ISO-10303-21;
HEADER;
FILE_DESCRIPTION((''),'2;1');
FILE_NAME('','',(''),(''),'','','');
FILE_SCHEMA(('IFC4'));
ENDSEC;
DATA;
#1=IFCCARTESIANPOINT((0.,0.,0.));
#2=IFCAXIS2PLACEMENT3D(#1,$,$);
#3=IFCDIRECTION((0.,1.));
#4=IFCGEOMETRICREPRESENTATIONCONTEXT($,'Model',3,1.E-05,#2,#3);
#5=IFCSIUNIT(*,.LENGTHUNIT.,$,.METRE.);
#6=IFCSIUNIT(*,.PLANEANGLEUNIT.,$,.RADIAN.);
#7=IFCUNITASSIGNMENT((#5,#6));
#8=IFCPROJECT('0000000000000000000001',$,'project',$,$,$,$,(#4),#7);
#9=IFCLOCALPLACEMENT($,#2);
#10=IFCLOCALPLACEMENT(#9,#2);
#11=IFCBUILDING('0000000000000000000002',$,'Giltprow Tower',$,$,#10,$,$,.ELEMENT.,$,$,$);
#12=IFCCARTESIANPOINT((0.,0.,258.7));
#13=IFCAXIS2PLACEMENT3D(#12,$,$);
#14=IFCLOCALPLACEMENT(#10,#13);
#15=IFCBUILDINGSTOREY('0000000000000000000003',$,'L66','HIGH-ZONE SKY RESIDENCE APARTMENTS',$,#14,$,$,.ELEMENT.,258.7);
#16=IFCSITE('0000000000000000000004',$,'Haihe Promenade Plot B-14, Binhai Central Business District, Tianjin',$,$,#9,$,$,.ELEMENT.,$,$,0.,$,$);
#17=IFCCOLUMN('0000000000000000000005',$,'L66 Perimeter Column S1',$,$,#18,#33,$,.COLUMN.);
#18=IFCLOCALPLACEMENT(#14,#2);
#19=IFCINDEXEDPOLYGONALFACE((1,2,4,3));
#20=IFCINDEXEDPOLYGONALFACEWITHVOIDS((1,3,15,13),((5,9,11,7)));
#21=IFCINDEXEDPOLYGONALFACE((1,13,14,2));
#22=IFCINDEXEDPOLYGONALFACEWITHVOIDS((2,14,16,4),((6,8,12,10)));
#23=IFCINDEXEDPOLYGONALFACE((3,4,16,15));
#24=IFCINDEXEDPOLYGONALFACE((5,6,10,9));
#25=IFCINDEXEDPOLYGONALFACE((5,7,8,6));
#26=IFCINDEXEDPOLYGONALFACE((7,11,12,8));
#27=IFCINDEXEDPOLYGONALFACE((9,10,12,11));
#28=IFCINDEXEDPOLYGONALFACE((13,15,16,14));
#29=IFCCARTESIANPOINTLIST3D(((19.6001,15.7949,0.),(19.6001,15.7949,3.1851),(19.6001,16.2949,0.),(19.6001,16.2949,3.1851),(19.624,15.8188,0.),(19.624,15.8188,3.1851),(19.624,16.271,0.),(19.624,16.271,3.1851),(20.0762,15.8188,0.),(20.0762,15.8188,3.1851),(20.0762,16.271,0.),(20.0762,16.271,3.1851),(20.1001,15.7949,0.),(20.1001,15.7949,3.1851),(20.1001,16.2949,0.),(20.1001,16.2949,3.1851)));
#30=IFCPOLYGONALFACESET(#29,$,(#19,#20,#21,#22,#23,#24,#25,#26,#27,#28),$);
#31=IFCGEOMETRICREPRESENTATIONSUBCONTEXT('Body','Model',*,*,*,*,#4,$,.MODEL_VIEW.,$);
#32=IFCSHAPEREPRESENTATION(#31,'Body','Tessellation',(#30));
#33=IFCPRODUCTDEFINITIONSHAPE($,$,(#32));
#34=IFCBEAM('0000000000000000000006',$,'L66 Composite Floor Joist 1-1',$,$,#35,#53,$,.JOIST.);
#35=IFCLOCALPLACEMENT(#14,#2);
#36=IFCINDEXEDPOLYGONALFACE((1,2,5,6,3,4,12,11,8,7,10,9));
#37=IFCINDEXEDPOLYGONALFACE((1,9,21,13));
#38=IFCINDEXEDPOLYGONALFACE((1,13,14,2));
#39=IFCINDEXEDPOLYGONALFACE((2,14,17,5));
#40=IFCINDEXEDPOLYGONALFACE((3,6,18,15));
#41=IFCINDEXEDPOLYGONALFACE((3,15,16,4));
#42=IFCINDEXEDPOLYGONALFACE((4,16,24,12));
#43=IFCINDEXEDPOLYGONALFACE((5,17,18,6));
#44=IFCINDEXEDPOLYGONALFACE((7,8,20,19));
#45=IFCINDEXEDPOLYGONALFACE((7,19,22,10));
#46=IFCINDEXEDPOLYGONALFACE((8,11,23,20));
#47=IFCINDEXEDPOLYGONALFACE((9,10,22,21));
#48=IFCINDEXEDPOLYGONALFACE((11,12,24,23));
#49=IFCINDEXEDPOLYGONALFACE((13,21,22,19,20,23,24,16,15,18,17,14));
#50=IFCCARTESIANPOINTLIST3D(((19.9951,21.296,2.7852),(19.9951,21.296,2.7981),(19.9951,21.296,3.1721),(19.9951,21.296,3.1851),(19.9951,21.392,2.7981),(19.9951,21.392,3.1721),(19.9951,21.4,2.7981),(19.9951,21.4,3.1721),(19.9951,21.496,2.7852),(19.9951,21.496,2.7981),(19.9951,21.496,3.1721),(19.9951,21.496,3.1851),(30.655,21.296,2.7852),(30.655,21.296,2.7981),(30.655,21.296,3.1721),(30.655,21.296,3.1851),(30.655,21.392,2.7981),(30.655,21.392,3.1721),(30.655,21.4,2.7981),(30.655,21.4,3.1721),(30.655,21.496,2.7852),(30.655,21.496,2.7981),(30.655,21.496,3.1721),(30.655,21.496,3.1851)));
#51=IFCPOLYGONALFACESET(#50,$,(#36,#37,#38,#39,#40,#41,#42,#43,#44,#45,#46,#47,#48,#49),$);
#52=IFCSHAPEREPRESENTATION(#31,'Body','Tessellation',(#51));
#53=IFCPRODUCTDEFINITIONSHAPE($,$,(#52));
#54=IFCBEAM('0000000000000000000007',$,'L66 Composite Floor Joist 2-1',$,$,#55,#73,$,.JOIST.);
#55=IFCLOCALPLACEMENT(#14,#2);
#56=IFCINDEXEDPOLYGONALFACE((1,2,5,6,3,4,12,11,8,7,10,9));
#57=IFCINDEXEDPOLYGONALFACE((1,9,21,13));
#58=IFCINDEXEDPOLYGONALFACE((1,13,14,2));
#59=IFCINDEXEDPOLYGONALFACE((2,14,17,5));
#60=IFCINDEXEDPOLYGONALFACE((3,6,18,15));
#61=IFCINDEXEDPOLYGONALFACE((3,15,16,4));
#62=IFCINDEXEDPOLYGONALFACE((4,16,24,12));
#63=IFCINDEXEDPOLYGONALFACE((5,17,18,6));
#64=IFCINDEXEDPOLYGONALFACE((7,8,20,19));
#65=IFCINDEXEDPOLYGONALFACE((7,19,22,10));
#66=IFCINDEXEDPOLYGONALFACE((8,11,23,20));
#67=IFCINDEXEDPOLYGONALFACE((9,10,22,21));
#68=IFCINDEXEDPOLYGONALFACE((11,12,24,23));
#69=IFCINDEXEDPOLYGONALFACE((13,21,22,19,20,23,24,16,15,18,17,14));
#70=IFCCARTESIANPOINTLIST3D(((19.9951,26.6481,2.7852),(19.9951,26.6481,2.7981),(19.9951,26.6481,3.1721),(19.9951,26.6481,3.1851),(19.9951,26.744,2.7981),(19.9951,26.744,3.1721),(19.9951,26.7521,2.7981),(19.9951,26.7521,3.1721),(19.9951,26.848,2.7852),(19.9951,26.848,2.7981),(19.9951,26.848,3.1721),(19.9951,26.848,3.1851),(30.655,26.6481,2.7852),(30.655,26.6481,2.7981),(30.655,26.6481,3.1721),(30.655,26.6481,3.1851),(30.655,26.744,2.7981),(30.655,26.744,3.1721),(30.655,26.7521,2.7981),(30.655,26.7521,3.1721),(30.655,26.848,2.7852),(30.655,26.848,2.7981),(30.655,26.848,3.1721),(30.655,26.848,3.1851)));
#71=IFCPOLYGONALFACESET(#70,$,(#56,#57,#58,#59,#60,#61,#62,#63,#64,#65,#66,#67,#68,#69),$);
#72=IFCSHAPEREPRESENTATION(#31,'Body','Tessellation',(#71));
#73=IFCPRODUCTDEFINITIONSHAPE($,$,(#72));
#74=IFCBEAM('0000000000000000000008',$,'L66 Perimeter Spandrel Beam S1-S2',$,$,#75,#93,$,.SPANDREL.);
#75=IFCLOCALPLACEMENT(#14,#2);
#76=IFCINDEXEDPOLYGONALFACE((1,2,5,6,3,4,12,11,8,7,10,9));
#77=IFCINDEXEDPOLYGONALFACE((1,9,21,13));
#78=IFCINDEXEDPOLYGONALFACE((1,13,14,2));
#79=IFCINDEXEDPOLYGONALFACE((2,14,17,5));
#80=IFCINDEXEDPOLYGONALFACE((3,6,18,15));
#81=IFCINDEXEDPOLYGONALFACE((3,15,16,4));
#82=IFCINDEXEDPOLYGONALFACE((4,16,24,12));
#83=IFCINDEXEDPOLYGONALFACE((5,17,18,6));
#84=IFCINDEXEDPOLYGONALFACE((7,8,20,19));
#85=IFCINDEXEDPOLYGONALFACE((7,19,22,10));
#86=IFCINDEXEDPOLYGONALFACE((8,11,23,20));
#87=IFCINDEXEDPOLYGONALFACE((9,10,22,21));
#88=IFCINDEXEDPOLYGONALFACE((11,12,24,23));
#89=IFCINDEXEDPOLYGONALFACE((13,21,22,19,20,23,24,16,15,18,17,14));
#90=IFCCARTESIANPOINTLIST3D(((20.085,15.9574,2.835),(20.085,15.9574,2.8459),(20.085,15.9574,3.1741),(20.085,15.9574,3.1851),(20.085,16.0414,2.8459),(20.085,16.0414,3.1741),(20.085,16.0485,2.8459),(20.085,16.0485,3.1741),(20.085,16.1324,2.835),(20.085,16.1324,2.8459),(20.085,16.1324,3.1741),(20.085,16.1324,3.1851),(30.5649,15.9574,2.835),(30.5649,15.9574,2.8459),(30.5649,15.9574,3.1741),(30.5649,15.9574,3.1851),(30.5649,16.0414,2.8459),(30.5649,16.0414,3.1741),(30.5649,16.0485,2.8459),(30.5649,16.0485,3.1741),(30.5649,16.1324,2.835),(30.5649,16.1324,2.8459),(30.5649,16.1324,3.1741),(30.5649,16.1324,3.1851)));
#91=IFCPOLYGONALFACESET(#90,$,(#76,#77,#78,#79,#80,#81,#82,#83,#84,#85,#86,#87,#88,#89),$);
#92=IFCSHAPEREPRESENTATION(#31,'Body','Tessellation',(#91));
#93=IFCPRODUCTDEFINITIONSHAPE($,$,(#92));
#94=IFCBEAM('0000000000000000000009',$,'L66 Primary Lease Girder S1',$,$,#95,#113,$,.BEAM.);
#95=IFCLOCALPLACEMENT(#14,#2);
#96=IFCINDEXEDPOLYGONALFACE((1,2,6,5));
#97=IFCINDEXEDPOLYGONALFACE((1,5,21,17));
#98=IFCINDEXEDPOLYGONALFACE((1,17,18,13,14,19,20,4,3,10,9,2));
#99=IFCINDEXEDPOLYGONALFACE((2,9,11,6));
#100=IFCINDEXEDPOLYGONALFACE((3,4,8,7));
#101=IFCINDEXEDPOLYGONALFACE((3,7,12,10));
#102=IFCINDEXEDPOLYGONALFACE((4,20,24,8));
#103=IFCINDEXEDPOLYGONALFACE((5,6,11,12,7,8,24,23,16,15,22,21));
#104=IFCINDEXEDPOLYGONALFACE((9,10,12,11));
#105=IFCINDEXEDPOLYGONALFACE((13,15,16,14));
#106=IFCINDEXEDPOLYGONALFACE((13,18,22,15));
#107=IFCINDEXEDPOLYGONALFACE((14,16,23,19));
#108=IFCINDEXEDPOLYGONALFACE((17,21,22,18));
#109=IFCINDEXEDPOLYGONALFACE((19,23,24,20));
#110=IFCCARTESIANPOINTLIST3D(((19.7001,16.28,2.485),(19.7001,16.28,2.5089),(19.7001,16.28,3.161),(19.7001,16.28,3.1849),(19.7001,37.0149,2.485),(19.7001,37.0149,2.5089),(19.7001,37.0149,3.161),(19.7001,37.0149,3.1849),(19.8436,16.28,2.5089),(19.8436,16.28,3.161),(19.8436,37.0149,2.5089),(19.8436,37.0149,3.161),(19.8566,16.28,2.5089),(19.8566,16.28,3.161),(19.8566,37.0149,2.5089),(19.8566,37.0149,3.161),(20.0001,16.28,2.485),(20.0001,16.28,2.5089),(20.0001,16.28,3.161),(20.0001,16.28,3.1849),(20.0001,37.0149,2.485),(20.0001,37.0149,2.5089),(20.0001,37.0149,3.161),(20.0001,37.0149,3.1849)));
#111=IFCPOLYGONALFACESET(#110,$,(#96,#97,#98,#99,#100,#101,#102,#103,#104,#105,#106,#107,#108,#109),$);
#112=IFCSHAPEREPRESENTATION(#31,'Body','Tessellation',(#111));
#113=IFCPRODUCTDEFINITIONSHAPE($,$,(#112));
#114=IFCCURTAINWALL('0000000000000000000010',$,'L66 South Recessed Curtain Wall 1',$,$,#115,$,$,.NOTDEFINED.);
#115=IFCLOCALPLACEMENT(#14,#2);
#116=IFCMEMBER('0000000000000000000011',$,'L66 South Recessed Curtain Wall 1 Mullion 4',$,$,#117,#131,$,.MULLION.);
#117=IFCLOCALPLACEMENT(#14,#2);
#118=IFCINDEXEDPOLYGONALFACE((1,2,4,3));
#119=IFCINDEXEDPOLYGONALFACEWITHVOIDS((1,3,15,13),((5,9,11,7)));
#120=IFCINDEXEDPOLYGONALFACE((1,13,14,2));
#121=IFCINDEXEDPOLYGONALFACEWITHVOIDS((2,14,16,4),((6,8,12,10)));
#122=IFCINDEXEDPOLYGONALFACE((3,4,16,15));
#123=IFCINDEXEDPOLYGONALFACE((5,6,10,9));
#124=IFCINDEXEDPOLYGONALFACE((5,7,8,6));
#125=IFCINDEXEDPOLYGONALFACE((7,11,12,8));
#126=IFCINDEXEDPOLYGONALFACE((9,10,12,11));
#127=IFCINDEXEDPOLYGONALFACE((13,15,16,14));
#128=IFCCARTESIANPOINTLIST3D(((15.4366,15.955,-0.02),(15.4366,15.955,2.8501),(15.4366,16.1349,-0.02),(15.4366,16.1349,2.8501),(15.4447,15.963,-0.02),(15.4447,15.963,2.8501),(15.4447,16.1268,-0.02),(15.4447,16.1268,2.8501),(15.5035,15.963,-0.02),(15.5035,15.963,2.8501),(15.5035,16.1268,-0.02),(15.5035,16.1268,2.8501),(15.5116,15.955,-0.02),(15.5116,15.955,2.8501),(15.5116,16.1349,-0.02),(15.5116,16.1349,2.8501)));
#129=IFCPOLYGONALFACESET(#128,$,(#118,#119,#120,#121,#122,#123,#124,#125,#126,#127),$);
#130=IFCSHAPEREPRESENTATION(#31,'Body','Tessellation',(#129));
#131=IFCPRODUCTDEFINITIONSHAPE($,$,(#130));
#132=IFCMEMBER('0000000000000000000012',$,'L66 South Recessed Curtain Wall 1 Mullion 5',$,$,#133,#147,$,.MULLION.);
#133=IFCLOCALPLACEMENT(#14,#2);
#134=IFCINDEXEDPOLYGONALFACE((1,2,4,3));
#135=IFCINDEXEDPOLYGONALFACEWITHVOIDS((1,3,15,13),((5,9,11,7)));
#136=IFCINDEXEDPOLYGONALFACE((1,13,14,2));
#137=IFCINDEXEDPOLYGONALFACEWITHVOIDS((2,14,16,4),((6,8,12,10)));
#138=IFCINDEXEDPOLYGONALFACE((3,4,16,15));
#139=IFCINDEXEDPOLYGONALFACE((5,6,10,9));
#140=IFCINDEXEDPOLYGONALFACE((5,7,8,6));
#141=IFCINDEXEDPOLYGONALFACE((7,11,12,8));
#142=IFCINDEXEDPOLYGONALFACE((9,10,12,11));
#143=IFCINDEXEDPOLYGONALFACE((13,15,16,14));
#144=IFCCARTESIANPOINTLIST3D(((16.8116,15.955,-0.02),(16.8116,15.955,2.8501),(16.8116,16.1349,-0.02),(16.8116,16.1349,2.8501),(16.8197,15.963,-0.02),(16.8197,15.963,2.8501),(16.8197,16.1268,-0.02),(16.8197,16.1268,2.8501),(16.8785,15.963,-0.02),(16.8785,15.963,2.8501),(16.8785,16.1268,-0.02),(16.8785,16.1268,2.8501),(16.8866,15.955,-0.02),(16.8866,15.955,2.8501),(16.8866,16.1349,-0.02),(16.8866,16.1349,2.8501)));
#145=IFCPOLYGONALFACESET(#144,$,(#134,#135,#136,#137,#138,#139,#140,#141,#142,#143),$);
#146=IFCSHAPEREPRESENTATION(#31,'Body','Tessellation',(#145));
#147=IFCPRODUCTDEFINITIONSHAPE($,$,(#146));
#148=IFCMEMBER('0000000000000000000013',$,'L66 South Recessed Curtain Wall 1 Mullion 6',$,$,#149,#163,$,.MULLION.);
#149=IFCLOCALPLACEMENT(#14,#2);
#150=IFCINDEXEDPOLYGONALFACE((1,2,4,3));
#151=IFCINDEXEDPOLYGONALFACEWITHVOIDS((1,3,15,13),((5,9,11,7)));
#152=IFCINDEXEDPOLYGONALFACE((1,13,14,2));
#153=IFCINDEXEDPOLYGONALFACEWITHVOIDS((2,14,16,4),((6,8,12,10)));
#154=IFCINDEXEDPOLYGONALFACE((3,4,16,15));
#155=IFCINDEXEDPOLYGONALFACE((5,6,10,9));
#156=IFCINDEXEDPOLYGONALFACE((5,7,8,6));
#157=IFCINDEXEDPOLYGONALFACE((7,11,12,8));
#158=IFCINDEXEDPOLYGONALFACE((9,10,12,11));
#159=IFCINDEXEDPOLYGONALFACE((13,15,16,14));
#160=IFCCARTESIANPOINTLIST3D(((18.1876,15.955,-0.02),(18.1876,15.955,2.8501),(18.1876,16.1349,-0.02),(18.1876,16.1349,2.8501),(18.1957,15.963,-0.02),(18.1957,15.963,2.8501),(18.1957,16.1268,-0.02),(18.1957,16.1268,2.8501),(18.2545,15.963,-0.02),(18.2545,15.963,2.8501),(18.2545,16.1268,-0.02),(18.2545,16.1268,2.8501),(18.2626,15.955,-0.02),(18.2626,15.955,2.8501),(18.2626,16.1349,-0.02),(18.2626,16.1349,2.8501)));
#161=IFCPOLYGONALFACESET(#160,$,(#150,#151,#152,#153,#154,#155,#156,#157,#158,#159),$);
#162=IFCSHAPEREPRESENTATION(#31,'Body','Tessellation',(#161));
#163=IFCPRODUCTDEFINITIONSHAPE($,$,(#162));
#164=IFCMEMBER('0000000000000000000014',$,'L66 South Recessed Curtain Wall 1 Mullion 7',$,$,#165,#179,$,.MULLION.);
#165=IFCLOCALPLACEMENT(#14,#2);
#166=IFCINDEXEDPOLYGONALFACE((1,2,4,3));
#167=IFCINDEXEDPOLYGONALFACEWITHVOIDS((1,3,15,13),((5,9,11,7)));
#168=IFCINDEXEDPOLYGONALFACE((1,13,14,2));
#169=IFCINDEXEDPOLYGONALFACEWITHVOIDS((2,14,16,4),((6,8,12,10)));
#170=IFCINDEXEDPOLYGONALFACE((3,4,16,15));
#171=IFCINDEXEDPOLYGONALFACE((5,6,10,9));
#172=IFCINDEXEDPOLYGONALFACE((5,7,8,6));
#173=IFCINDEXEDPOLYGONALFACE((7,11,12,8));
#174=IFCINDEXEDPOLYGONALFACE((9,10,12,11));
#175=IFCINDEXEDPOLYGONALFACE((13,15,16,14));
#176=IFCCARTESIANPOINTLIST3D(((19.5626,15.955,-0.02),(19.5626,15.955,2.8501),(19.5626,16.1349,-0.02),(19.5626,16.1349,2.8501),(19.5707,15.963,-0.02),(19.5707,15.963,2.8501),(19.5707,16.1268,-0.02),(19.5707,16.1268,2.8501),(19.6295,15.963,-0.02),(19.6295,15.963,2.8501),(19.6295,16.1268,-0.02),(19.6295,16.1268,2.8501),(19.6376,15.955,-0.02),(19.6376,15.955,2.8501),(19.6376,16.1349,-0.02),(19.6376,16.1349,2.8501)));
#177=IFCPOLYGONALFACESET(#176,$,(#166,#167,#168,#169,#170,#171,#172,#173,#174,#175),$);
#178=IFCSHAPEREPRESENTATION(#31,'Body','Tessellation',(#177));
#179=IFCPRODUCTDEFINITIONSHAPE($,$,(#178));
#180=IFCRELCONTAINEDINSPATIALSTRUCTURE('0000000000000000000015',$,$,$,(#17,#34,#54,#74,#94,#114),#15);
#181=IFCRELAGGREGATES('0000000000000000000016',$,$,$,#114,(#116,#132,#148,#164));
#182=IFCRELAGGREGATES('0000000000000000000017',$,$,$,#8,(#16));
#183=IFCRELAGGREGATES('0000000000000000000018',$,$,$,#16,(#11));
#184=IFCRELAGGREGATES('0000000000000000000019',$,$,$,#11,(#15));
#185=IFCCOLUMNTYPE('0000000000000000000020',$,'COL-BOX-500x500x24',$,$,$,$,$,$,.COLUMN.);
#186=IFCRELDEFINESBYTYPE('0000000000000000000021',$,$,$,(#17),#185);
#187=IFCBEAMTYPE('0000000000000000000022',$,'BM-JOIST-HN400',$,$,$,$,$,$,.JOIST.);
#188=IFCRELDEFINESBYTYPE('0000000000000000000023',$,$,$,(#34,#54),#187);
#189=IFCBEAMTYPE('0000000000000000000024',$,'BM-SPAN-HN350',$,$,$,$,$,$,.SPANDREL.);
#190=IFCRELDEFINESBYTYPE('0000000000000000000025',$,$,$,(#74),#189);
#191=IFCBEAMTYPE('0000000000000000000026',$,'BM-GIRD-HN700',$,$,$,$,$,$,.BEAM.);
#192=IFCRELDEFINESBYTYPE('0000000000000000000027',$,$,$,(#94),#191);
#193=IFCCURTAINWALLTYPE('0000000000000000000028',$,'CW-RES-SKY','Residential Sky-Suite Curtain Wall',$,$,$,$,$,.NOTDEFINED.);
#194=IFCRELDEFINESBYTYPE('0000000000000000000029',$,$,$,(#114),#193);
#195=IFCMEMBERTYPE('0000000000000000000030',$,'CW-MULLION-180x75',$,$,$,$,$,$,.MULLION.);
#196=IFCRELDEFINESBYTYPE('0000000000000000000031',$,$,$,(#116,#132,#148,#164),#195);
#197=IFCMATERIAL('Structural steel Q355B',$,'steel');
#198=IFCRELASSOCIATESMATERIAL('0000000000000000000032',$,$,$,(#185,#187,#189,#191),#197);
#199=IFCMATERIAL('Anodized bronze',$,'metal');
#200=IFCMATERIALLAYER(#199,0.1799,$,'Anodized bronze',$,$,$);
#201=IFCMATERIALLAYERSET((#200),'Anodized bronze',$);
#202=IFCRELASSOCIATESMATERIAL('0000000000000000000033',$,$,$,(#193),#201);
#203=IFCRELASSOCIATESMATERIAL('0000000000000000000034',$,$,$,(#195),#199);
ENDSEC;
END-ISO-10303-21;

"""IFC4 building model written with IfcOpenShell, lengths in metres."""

from ifc_helpers import new_model, si_unit, direction, frame, origin, origin_2d, place, context, subcontext, project, spatial, hollow_rectangle, i_section, extrude, source, transform, mapped, material, layer, layer_set, material_profile, profile_set, type_object, element, aggregate, save


model = new_model("IFC4")

# Units and contexts
model_context = context("Model", 3, precision=1e-05, world=origin(), true_north=direction((0.0, 1.0)))
body_context = subcontext(model_context, "Body", "Model", "MODEL_VIEW")
ifc_project = project(units=[si_unit("LENGTHUNIT", "METRE"), si_unit("PLANEANGLEUNIT", "RADIAN")], contexts=[model_context])

# Site, building, storey
site_placement = place(None, origin())
site = spatial("IfcSite", under=ifc_project, at=site_placement, Name="Haihe Promenade Plot B-14, Binhai Central Business District, Tianjin", CompositionType="ELEMENT", RefElevation=0.0)
building_placement = place(site_placement, origin())
building = spatial("IfcBuilding", under=site, at=building_placement, Name="Giltprow Tower", CompositionType="ELEMENT")
storey_placement = place(building_placement, frame((0.0, 0.0, 258.7)))
storey = spatial("IfcBuildingStorey", under=building, at=storey_placement, Name="L66", Description="HIGH-ZONE SKY RESIDENCE APARTMENTS", CompositionType="ELEMENT", Elevation=258.7)

# Column
ifc_material_1 = material(Name="Structural steel Q355B", Category="steel")
ifc_material_profile_1 = material_profile(ifc_material_1, hollow_rectangle(XDim=0.5, YDim=0.5, WallThickness=0.0239, at=origin_2d()), Name="BOX 500x500x24")
ifc_profile_set_1 = profile_set([ifc_material_profile_1], Name="Structural steel Q355B")
column_type = type_object("IfcColumnType", Name="COL-BOX-500x500x24", PredefinedType="COLUMN", material=ifc_profile_set_1)
shared_shape_1 = source(origin(), body_context, "Body", "SweptSolid", [
    extrude(hollow_rectangle(XDim=0.5, YDim=0.5, WallThickness=0.0239, at=origin_2d()), origin(), (0.0, 0.0, 1.0), 3.1851),
])
column_placement = place(storey_placement, frame((19.8501, 16.0449, 0.0), z_axis=(0.0, 0.0, 1.0), x_axis=(1.0, 0.0, 0.0)))
element("IfcColumn", 1, at=column_placement, inside=storey, type_object=column_type, Name="L66 Perimeter Column S1", PredefinedType="COLUMN", context=body_context, shape_type="MappedRepresentation", body=[
    mapped(shared_shape_1, transform((0.0, 0.0, 0.0), x_axis=(1.0, 0.0, 0.0), y_axis=(0.0, 1.0, 0.0), z_axis=(0.0, 0.0, 1.0), scale=1.0)),
])

# Beams
ifc_material_profile_2 = material_profile(ifc_material_1, i_section(OverallWidth=0.2, OverallDepth=0.3999, WebThickness=0.0081, FlangeThickness=0.0129, at=origin_2d()), Name="HN 400x200x8x13")
ifc_profile_set_2 = profile_set([ifc_material_profile_2], Name="Structural steel Q355B")
beam_type_1 = type_object("IfcBeamType", Name="BM-JOIST-HN400", PredefinedType="JOIST", material=ifc_profile_set_2)
shared_shape_2 = source(origin(), body_context, "Body", "SweptSolid", [
    extrude(i_section(OverallWidth=0.2, OverallDepth=0.3999, WebThickness=0.0081, FlangeThickness=0.0129, at=origin_2d()), origin(), (0.0, 0.0, 1.0), 10.6599),
])
for number, where, z_axis, x_axis, name in (
    (2, (19.9951, 21.396, 2.9851), (1.0, 0.0, 0.0), (0.0, 1.0, 0.0), "L66 Composite Floor Joist 1-1"),
    (3, (19.9951, 26.748, 2.9851), (1.0, 0.0, 0.0), (0.0, 1.0, 0.0), "L66 Composite Floor Joist 2-1"),
):
    element("IfcBeam", number, at=place(storey_placement, frame(where, z_axis=z_axis, x_axis=x_axis)), inside=storey, type_object=beam_type_1, Name=name, PredefinedType="JOIST", context=body_context, shape_type="MappedRepresentation", body=[
        mapped(shared_shape_2, transform((0.0, 0.0, 0.0), x_axis=(1.0, 0.0, 0.0), y_axis=(0.0, 1.0, 0.0), z_axis=(0.0, 0.0, 1.0), scale=1.0)),
    ])
ifc_material_profile_3 = material_profile(ifc_material_1, i_section(OverallWidth=0.175, OverallDepth=0.3501, WebThickness=0.0071, FlangeThickness=0.011, at=origin_2d()), Name="HN 350x175x7x11")
ifc_profile_set_3 = profile_set([ifc_material_profile_3], Name="Structural steel Q355B")
beam_type_2 = type_object("IfcBeamType", Name="BM-SPAN-HN350", PredefinedType="SPANDREL", material=ifc_profile_set_3)
shared_shape_3 = source(origin(), body_context, "Body", "SweptSolid", [
    extrude(i_section(OverallWidth=0.175, OverallDepth=0.3501, WebThickness=0.0071, FlangeThickness=0.011, at=origin_2d()), origin(), (0.0, 0.0, 1.0), 10.48),
])
beam_1_placement = place(storey_placement, frame((20.085, 16.0449, 3.01), z_axis=(1.0, 0.0, 0.0), x_axis=(0.0, 1.0, 0.0)))
element("IfcBeam", 4, at=beam_1_placement, inside=storey, type_object=beam_type_2, Name="L66 Perimeter Spandrel Beam S1-S2", PredefinedType="SPANDREL", context=body_context, shape_type="MappedRepresentation", body=[
    mapped(shared_shape_3, transform((0.0, 0.0, 0.0), x_axis=(1.0, 0.0, 0.0), y_axis=(0.0, 1.0, 0.0), z_axis=(0.0, 0.0, 1.0), scale=1.0)),
])
ifc_material_profile_4 = material_profile(ifc_material_1, i_section(OverallWidth=0.3, OverallDepth=0.7, WebThickness=0.0129, FlangeThickness=0.0239, at=origin_2d()), Name="HN 700x300x13x24")
ifc_profile_set_4 = profile_set([ifc_material_profile_4], Name="Structural steel Q355B")
beam_type_3 = type_object("IfcBeamType", Name="BM-GIRD-HN700", PredefinedType="BEAM", material=ifc_profile_set_4)
shared_shape_4 = source(origin(), body_context, "Body", "SweptSolid", [
    extrude(i_section(OverallWidth=0.3, OverallDepth=0.7, WebThickness=0.0129, FlangeThickness=0.0239, at=origin_2d()), origin(), (0.0, 0.0, 1.0), 20.7349),
])
beam_2_placement = place(storey_placement, frame((19.8501, 16.28, 2.835), z_axis=(0.0, 1.0, 0.0), x_axis=(-1.0, 0.0, 0.0)))
element("IfcBeam", 5, at=beam_2_placement, inside=storey, type_object=beam_type_3, Name="L66 Primary Lease Girder S1", PredefinedType="BEAM", context=body_context, shape_type="MappedRepresentation", body=[
    mapped(shared_shape_4, transform((0.0, 0.0, 0.0), x_axis=(1.0, 0.0, 0.0), y_axis=(0.0, 1.0, 0.0), z_axis=(0.0, 0.0, 1.0), scale=1.0)),
])

# Curtain wall, members
ifc_material_2 = material(Name="Anodized bronze", Category="metal")
ifc_layer = layer(ifc_material_2, 0.1799, Name="Anodized bronze")
ifc_layer_set = layer_set([ifc_layer], Name="Anodized bronze")
curtain_wall_type = type_object("IfcCurtainWallType", Name="CW-RES-SKY", Description="Residential Sky-Suite Curtain Wall", PredefinedType="NOTDEFINED", material=ifc_layer_set)
curtain_wall_placement = place(storey_placement, origin())
curtain_wall = element("IfcCurtainWall", 6, at=curtain_wall_placement, inside=storey, type_object=curtain_wall_type, Name="L66 South Recessed Curtain Wall 1", PredefinedType="NOTDEFINED")
ifc_material_profile_5 = material_profile(ifc_material_2, hollow_rectangle(XDim=0.075, YDim=0.1799, WallThickness=0.0081, at=origin_2d()), Name="RHS 180x75x8")
ifc_profile_set_5 = profile_set([ifc_material_profile_5], Name="Anodized bronze")
member_type = type_object("IfcMemberType", Name="CW-MULLION-180x75", PredefinedType="MULLION", material=ifc_profile_set_5)
shared_shape_5 = source(origin(), body_context, "Body", "SweptSolid", [
    extrude(hollow_rectangle(XDim=0.075, YDim=0.1799, WallThickness=0.0081, at=origin_2d()), origin(), (0.0, 0.0, 1.0), 2.8701),
])
member_1_placement = place(storey_placement, frame((15.4741, 16.0449, -0.02), z_axis=(0.0, 0.0, 1.0), x_axis=(1.0, 0.0, 0.0)))
member_1 = element("IfcMember", 7, at=member_1_placement, type_object=member_type, Name="L66 South Recessed Curtain Wall 1 Mullion 4", PredefinedType="MULLION", context=body_context, shape_type="MappedRepresentation", body=[
    mapped(shared_shape_5, transform((0.0, 0.0, 0.0), x_axis=(1.0, 0.0, 0.0), y_axis=(0.0, 1.0, 0.0), z_axis=(0.0, 0.0, 1.0), scale=1.0)),
])
member_2_placement = place(storey_placement, frame((16.8491, 16.0449, -0.02), z_axis=(0.0, 0.0, 1.0), x_axis=(1.0, 0.0, 0.0)))
member_2 = element("IfcMember", 8, at=member_2_placement, type_object=member_type, Name="L66 South Recessed Curtain Wall 1 Mullion 5", PredefinedType="MULLION", context=body_context, shape_type="MappedRepresentation", body=[
    mapped(shared_shape_5, transform((0.0, 0.0, 0.0), x_axis=(1.0, 0.0, 0.0), y_axis=(0.0, 1.0, 0.0), z_axis=(0.0, 0.0, 1.0), scale=1.0)),
])
member_3_placement = place(storey_placement, frame((18.2251, 16.0449, -0.02), z_axis=(0.0, 0.0, 1.0), x_axis=(1.0, 0.0, 0.0)))
member_3 = element("IfcMember", 9, at=member_3_placement, type_object=member_type, Name="L66 South Recessed Curtain Wall 1 Mullion 6", PredefinedType="MULLION", context=body_context, shape_type="MappedRepresentation", body=[
    mapped(shared_shape_5, transform((0.0, 0.0, 0.0), x_axis=(1.0, 0.0, 0.0), y_axis=(0.0, 1.0, 0.0), z_axis=(0.0, 0.0, 1.0), scale=1.0)),
])
member_4_placement = place(storey_placement, frame((19.6001, 16.0449, -0.02), z_axis=(0.0, 0.0, 1.0), x_axis=(1.0, 0.0, 0.0)))
member_4 = element("IfcMember", 10, at=member_4_placement, type_object=member_type, Name="L66 South Recessed Curtain Wall 1 Mullion 7", PredefinedType="MULLION", context=body_context, shape_type="MappedRepresentation", body=[
    mapped(shared_shape_5, transform((0.0, 0.0, 0.0), x_axis=(1.0, 0.0, 0.0), y_axis=(0.0, 1.0, 0.0), z_axis=(0.0, 0.0, 1.0), scale=1.0)),
])
aggregate(curtain_wall, [member_1, member_2, member_3, member_4])

save(model, "model.ifc")
